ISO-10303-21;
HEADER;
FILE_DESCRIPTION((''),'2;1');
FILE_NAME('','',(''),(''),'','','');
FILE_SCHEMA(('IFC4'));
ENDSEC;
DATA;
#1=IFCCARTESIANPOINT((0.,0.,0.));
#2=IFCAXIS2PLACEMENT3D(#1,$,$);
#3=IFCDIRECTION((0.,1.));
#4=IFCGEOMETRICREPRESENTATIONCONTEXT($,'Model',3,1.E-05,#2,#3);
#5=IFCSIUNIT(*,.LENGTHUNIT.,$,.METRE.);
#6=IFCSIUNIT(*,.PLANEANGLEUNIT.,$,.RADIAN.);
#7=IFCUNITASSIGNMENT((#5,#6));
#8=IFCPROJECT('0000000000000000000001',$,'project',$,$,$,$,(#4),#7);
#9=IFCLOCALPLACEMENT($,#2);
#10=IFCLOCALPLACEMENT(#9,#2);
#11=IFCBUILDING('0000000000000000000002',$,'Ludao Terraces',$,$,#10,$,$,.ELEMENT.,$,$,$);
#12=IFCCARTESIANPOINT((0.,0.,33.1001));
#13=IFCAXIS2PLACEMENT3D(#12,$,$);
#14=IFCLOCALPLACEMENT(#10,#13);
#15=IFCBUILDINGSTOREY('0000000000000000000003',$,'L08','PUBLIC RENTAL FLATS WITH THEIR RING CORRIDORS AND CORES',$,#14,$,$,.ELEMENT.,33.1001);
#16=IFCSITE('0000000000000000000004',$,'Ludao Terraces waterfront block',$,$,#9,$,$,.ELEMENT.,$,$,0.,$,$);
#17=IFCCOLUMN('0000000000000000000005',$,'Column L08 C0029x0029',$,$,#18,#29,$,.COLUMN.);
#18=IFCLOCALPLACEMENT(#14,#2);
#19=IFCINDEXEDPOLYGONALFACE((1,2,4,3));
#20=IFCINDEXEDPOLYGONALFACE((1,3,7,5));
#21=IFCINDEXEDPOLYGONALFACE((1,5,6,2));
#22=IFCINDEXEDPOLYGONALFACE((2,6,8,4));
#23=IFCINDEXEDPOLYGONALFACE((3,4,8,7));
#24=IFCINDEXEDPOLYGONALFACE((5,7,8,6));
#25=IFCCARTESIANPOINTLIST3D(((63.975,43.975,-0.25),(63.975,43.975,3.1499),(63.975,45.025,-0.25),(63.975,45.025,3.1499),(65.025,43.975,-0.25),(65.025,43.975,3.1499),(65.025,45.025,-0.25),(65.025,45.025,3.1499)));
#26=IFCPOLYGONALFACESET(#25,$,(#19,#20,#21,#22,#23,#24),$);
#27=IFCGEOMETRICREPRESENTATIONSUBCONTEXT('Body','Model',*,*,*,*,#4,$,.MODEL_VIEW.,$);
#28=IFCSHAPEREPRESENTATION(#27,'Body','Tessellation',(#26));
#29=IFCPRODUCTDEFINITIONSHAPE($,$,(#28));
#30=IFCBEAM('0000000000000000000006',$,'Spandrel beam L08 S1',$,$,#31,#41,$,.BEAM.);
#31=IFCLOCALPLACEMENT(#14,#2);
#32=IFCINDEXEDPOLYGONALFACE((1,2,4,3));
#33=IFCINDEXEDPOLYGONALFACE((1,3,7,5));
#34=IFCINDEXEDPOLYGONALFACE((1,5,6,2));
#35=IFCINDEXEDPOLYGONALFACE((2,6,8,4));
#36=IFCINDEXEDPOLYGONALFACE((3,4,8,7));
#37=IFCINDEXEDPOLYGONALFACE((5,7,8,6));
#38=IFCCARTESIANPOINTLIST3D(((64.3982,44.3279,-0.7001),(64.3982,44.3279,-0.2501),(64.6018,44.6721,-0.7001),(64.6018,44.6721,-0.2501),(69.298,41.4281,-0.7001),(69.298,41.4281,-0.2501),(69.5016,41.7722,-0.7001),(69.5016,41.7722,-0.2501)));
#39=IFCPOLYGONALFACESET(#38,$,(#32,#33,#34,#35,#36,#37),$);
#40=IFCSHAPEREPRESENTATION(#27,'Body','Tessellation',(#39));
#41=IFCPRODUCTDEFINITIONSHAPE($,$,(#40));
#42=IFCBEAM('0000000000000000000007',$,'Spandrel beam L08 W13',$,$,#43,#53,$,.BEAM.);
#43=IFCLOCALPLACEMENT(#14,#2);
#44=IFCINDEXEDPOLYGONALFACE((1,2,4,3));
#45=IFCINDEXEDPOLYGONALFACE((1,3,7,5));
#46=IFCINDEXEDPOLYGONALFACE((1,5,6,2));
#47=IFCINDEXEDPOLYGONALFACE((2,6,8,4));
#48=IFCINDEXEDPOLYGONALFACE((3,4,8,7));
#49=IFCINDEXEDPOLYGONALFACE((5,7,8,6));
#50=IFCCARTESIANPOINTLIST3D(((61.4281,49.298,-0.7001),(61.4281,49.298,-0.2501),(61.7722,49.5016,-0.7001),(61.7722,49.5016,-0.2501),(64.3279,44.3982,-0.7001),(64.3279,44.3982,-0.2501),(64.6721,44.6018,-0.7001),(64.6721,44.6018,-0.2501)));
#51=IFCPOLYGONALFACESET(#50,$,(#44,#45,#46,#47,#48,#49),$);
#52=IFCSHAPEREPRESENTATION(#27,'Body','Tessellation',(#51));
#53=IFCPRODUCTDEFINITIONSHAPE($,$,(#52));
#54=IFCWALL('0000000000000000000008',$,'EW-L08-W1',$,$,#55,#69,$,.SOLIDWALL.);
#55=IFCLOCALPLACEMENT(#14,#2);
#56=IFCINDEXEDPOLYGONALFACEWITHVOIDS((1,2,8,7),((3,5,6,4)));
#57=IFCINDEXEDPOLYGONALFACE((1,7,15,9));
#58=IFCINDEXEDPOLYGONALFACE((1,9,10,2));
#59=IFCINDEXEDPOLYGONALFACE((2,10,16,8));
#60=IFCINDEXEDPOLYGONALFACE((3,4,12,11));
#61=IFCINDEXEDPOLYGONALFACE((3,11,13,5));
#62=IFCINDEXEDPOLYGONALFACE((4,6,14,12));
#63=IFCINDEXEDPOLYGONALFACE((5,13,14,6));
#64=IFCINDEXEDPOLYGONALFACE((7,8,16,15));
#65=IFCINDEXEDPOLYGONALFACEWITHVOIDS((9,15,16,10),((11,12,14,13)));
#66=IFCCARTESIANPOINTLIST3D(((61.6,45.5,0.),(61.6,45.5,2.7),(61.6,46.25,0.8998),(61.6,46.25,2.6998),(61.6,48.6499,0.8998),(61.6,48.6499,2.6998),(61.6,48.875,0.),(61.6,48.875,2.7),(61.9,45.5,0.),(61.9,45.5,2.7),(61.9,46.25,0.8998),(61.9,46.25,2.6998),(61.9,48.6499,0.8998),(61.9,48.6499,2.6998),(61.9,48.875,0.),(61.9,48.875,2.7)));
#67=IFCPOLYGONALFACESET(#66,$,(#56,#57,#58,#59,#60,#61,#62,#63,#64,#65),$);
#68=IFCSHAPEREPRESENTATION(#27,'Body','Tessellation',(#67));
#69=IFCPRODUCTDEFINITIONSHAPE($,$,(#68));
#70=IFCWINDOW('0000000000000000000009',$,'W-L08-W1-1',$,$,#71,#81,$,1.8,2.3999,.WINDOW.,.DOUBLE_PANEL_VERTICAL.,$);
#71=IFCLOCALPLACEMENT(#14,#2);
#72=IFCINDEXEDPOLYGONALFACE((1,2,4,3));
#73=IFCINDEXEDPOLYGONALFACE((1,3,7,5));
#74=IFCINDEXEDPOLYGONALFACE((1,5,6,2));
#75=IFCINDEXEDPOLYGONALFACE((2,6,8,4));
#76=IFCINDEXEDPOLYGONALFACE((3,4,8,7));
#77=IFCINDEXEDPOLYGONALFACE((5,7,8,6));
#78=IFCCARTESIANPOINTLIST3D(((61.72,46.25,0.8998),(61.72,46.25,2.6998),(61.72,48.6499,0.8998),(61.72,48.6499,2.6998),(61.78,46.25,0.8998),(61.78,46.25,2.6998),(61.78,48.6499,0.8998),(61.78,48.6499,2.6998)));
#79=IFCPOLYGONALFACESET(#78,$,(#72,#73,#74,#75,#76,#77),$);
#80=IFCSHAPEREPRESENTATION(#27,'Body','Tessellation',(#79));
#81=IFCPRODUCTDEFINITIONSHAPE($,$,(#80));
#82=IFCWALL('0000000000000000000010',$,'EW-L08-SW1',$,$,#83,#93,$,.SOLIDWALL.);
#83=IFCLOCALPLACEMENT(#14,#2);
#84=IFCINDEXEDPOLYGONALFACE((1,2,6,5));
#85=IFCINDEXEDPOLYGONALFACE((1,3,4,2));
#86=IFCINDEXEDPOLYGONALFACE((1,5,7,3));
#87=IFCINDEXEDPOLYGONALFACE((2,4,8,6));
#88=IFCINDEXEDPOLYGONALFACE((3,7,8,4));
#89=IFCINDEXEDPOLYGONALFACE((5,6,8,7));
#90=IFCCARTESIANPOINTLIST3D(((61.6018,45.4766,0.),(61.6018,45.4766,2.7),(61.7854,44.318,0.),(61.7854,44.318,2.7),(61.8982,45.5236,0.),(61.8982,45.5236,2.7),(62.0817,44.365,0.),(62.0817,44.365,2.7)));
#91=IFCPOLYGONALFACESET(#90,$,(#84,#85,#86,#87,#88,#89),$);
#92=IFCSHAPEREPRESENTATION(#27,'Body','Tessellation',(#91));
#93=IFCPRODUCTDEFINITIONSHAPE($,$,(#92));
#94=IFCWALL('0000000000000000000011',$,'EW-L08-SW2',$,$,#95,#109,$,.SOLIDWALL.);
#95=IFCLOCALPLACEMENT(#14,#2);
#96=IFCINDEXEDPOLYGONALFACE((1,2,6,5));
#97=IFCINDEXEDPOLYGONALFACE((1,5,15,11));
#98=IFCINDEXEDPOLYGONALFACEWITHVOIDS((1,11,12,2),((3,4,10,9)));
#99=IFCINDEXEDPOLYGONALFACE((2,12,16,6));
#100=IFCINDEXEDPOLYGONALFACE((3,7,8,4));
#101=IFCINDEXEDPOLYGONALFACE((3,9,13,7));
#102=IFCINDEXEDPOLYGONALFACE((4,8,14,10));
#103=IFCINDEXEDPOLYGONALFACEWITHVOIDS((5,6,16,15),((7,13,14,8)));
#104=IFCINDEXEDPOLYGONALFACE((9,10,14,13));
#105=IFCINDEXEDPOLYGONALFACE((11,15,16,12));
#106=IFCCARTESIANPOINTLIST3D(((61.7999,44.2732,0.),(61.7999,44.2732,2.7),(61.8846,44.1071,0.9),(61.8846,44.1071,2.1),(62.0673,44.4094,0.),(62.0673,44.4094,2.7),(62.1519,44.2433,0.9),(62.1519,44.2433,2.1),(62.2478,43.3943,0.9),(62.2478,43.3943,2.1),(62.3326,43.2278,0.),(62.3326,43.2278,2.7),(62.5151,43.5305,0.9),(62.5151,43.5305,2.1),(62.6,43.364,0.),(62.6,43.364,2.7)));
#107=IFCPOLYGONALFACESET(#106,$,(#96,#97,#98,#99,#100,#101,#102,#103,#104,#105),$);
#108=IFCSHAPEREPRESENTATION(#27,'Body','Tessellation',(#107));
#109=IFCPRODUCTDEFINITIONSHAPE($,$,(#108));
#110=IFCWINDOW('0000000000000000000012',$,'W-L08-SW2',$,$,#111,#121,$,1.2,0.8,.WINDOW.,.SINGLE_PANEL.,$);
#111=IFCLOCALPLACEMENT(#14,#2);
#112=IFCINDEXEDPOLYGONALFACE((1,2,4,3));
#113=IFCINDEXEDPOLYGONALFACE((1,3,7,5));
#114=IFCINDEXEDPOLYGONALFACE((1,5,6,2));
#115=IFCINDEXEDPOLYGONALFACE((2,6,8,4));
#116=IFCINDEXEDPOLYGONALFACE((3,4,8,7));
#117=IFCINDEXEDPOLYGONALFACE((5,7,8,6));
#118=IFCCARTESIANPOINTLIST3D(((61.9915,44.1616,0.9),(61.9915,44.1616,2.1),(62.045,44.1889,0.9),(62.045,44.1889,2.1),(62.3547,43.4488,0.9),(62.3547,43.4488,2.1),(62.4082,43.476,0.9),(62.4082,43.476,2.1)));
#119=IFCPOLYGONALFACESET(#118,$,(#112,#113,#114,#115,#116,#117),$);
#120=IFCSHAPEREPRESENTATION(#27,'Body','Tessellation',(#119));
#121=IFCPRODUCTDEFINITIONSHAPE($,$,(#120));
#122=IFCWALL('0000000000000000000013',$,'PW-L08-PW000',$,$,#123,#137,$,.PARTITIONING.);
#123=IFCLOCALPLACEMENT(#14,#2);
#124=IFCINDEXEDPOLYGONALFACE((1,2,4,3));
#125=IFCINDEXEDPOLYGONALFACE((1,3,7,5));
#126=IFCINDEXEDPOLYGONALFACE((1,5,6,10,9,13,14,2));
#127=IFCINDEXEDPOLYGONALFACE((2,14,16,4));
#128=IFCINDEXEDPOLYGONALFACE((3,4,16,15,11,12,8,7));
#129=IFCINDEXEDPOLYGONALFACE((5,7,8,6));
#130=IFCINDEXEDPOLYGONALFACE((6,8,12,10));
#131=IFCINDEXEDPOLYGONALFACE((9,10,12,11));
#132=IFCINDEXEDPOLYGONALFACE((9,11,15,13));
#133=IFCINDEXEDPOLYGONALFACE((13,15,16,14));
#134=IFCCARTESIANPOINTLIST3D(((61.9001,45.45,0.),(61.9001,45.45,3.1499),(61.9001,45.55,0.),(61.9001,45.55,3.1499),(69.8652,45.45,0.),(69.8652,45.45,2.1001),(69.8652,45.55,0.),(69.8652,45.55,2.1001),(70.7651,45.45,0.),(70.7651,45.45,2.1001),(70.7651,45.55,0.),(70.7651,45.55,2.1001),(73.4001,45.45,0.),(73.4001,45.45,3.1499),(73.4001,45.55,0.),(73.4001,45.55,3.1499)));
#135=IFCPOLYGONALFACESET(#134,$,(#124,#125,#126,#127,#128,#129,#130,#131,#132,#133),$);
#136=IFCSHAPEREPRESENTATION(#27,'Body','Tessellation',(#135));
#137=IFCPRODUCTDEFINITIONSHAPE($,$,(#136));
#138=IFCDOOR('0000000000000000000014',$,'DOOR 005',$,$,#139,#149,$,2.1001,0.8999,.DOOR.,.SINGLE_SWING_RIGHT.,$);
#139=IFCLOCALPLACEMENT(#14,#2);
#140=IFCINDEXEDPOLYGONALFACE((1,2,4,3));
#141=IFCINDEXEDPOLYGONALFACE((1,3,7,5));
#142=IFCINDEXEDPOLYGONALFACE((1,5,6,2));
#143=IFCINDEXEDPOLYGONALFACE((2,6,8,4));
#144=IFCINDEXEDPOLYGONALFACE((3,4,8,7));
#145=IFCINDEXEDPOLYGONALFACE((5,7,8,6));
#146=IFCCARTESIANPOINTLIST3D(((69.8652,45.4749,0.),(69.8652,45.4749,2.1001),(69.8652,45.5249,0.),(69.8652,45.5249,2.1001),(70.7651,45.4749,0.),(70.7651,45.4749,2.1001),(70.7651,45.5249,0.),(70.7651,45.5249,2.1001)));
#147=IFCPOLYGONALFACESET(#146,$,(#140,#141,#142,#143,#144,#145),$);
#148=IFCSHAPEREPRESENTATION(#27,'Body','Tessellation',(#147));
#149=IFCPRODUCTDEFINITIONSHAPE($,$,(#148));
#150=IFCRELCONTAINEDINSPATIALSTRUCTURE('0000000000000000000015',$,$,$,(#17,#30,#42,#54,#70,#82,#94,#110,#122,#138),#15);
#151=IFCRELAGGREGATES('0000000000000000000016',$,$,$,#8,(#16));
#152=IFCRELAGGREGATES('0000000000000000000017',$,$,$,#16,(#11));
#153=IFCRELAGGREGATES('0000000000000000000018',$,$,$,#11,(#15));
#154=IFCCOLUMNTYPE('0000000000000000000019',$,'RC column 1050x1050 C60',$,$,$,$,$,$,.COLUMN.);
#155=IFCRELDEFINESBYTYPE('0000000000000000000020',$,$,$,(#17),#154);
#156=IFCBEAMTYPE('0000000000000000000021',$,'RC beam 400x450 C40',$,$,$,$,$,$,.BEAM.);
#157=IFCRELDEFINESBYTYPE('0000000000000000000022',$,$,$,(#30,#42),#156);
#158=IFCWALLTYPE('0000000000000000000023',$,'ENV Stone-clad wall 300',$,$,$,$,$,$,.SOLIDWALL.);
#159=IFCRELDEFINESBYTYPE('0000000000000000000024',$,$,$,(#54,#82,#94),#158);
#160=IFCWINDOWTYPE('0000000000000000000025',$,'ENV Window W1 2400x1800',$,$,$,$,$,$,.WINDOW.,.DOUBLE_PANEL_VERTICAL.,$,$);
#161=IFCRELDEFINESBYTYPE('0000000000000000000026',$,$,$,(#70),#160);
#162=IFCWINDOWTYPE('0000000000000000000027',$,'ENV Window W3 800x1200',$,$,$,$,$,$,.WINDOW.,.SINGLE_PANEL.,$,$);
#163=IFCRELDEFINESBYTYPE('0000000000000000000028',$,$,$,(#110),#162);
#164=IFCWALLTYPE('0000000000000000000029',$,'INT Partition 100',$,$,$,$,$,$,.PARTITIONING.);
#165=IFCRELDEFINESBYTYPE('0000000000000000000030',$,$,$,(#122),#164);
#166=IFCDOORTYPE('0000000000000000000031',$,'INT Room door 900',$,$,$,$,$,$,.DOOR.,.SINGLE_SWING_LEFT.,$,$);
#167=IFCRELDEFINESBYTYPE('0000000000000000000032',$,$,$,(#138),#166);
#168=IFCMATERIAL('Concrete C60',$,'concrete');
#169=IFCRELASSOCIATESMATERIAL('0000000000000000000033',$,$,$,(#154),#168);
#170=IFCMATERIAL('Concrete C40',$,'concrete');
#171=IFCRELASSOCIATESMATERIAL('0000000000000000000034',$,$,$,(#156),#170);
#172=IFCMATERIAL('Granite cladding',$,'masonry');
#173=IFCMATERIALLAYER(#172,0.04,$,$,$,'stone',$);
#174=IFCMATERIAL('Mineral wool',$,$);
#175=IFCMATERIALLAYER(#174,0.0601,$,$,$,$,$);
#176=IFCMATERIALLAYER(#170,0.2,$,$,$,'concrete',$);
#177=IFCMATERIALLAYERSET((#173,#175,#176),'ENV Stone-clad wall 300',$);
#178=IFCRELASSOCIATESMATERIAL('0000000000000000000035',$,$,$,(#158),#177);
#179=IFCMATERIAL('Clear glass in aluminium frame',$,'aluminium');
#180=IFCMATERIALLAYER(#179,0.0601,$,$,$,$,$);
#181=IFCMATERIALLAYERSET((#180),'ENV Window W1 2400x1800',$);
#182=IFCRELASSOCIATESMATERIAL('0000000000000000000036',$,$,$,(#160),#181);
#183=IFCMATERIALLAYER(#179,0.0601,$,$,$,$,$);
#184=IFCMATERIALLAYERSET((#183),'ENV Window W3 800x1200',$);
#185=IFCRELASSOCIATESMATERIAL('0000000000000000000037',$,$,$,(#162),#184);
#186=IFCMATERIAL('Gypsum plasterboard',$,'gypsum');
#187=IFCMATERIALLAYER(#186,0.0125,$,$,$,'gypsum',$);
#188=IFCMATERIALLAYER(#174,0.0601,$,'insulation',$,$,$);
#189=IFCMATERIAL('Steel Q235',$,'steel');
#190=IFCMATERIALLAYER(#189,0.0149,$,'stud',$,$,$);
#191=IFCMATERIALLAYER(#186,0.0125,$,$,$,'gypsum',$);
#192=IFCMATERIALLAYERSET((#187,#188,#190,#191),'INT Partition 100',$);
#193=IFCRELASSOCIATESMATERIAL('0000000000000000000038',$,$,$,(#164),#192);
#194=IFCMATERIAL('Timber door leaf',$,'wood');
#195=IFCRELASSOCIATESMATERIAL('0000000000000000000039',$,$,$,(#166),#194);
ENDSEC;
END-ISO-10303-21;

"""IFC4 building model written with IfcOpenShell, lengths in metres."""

from ifc_helpers import new_model, si_unit, direction, frame, frame_2d, origin, origin_2d, place, context, subcontext, project, spatial, rectangle, extrude, material, layer, layer_set, material_profile, profile_set, type_object, element, fill, save


model = new_model("IFC4")

# Units and contexts
model_context = context("Model", 3, precision=1e-05, world=origin(), true_north=direction((0.0, 1.0)))
body_context = subcontext(model_context, "Body", "Model", "MODEL_VIEW")
ifc_project = project(units=[si_unit("LENGTHUNIT", "METRE"), si_unit("PLANEANGLEUNIT", "RADIAN")], contexts=[model_context])

# Site, building, storey
site_placement = place(None, origin())
site = spatial("IfcSite", under=ifc_project, at=site_placement, Name="Ludao Terraces waterfront block", CompositionType="ELEMENT", RefElevation=0.0)
building_placement = place(site_placement, origin())
building = spatial("IfcBuilding", under=site, at=building_placement, Name="Ludao Terraces", CompositionType="ELEMENT")
storey_placement = place(building_placement, frame((0.0, 0.0, 33.1001)))
storey = spatial("IfcBuildingStorey", under=building, at=storey_placement, Name="L08", Description="PUBLIC RENTAL FLATS WITH THEIR RING CORRIDORS AND CORES", CompositionType="ELEMENT", Elevation=33.1001)

# Column
ifc_material_1 = material(Name="Concrete C60", Category="concrete")
ifc_material_profile_1 = material_profile(ifc_material_1, rectangle(XDim=1.05, YDim=1.05, at=origin_2d()), Name="1050 X 1050")
ifc_profile_set_1 = profile_set([ifc_material_profile_1], Name="Concrete C60")
column_type = type_object("IfcColumnType", Name="RC column 1050x1050 C60", PredefinedType="COLUMN", material=ifc_profile_set_1)
column_placement = place(storey_placement, frame((64.5, 44.5, -0.25), z_axis=(0.0, 0.0, 1.0), x_axis=(1.0, 0.0, 0.0)))
element("IfcColumn", 1, at=column_placement, inside=storey, type_object=column_type, Name="Column L08 C0029x0029", PredefinedType="COLUMN", context=body_context, shape_type="SweptSolid", body=[
    extrude(rectangle(XDim=1.05, YDim=1.05, at=origin_2d()), origin(), (0.0, 0.0, 1.0), 3.3999),
])

# Beams
ifc_material_2 = material(Name="Concrete C40", Category="concrete")
ifc_material_profile_2 = material_profile(ifc_material_2, rectangle(XDim=0.3999, YDim=0.45, at=origin_2d()), Name="400 X 450")
ifc_profile_set_2 = profile_set([ifc_material_profile_2], Name="Concrete C40")
beam_type = type_object("IfcBeamType", Name="RC beam 400x450 C40", PredefinedType="BEAM", material=ifc_profile_set_2)
for number, where, z_axis, x_axis, name in (
    (2, (64.5, 44.5, -0.4751), (0.86058, -0.509316, 0.0), (0.509316, 0.86058, 0.0), "Spandrel beam L08 S1"),
    (3, (64.5, 44.5, -0.4751), (-0.509316, 0.86058, 0.0), (-0.86058, -0.509316, 0.0), "Spandrel beam L08 W13"),
):
    element("IfcBeam", number, at=place(storey_placement, frame(where, z_axis=z_axis, x_axis=x_axis)), inside=storey, type_object=beam_type, Name=name, PredefinedType="BEAM", context=body_context, shape_type="SweptSolid", body=[
        extrude(rectangle(XDim=0.3999, YDim=0.45, at=origin_2d()), origin(), (0.0, 0.0, 1.0), 5.6936),
    ])

# Wall, opening, window
ifc_material_3 = material(Name="Granite cladding", Category="masonry")
ifc_layer_1 = layer(ifc_material_3, 0.04, Category="stone")
ifc_material_4 = material(Name="Mineral wool")
ifc_layer_2 = layer(ifc_material_4, 0.0601)
ifc_layer_3 = layer(ifc_material_2, 0.2, Category="concrete")
ifc_layer_set_1 = layer_set([ifc_layer_1, ifc_layer_2, ifc_layer_3], Name="ENV Stone-clad wall 300")
wall_type_1 = type_object("IfcWallType", Name="ENV Stone-clad wall 300", PredefinedType="SOLIDWALL", material=ifc_layer_set_1)
wall_1_placement = place(storey_placement, frame((61.75, 45.5, 0.0), z_axis=(0.0, 0.0, 1.0), x_axis=(0.0, 1.0, 0.0)))
wall_1 = element("IfcWall", 4, at=wall_1_placement, inside=storey, type_object=wall_type_1, Name="EW-L08-W1", PredefinedType="SOLIDWALL", context=body_context, shape_type="SweptSolid", body=[
    extrude(rectangle(XDim=3.375, YDim=0.3, at=frame_2d((1.6875, 0.0))), origin(), (0.0, 0.0, 1.0), 2.7),
])
opening_1_placement = place(wall_1_placement, frame((0.75, 0.0, 0.8999)))
opening_1 = element("IfcOpeningElement", 5, at=opening_1_placement, cuts=wall_1, PredefinedType="OPENING", context=body_context, shape_type="SweptSolid", body=[
    extrude(rectangle(XDim=2.3999, YDim=1.8, at=frame_2d((1.2, 0.8999))), frame((0.0, 0.1602, 0.0), z_axis=(0.0, -1.0, 0.0), x_axis=(1.0, 0.0, 0.0)), (0.0, 0.0, 1.0), 0.3201),
])
ifc_material_5 = material(Name="Clear glass in aluminium frame", Category="aluminium")
ifc_layer_4 = layer(ifc_material_5, 0.0601)
ifc_layer_set_2 = layer_set([ifc_layer_4], Name="ENV Window W1 2400x1800")
window_type_1 = type_object("IfcWindowType", Name="ENV Window W1 2400x1800", PartitioningType="DOUBLE_PANEL_VERTICAL", PredefinedType="WINDOW", material=ifc_layer_set_2)
window_1_placement = place(opening_1_placement, origin())
window_1 = element("IfcWindow", 6, at=window_1_placement, inside=storey, type_object=window_type_1, Name="W-L08-W1-1", OverallHeight=1.8, OverallWidth=2.3999, PartitioningType="DOUBLE_PANEL_VERTICAL", PredefinedType="WINDOW", context=body_context, shape_type="SweptSolid", body=[
    extrude(rectangle(XDim=2.3999, YDim=1.8, at=frame_2d((1.2, 0.8999))), frame((0.0, 0.03, 0.0), z_axis=(0.0, -1.0, 0.0), x_axis=(1.0, 0.0, 0.0)), (0.0, 0.0, 1.0), 0.0601),
])
fill(opening_1, window_1)

# Wall
wall_2_placement = place(storey_placement, frame((61.75, 45.5, 0.0), z_axis=(0.0, 0.0, 1.0), x_axis=(0.156497, -0.987678, 0.0)))
element("IfcWall", 7, at=wall_2_placement, inside=storey, type_object=wall_type_1, Name="EW-L08-SW1", PredefinedType="SOLIDWALL", context=body_context, shape_type="SweptSolid", body=[
    extrude(rectangle(XDim=1.1731, YDim=0.3, at=frame_2d((0.5864, 0.0))), origin(), (0.0, 0.0, 1.0), 2.7),
])

# Wall, opening, window
wall_3_placement = place(storey_placement, frame((61.9336, 44.3413, 0.0), z_axis=(0.0, 0.0, 1.0), x_axis=(0.454026, -0.890989, 0.0)))
wall_3 = element("IfcWall", 8, at=wall_3_placement, inside=storey, type_object=wall_type_1, Name="EW-L08-SW2", PredefinedType="SOLIDWALL", context=body_context, shape_type="SweptSolid", body=[
    extrude(rectangle(XDim=1.1733, YDim=0.3, at=frame_2d((0.5867, 0.0))), origin(), (0.0, 0.0, 1.0), 2.7),
])
opening_2_placement = place(wall_3_placement, frame((0.1865, 0.0, 0.8999)))
opening_2 = element("IfcOpeningElement", 9, at=opening_2_placement, cuts=wall_3, PredefinedType="OPENING", context=body_context, shape_type="SweptSolid", body=[
    extrude(rectangle(XDim=0.8, YDim=1.2, at=frame_2d((0.3999, 0.6001))), frame((0.0, 0.1602, 0.0), z_axis=(0.0, -1.0, 0.0), x_axis=(1.0, 0.0, 0.0)), (0.0, 0.0, 1.0), 0.3201),
])
ifc_layer_5 = layer(ifc_material_5, 0.0601)
ifc_layer_set_3 = layer_set([ifc_layer_5], Name="ENV Window W3 800x1200")
window_type_2 = type_object("IfcWindowType", Name="ENV Window W3 800x1200", PartitioningType="SINGLE_PANEL", PredefinedType="WINDOW", material=ifc_layer_set_3)
window_2_placement = place(opening_2_placement, origin())
window_2 = element("IfcWindow", 10, at=window_2_placement, inside=storey, type_object=window_type_2, Name="W-L08-SW2", OverallHeight=1.2, OverallWidth=0.8, PartitioningType="SINGLE_PANEL", PredefinedType="WINDOW", context=body_context, shape_type="SweptSolid", body=[
    extrude(rectangle(XDim=0.8, YDim=1.2, at=frame_2d((0.3999, 0.6001))), frame((0.0, 0.03, 0.0), z_axis=(0.0, -1.0, 0.0), x_axis=(1.0, 0.0, 0.0)), (0.0, 0.0, 1.0), 0.0601),
])
fill(opening_2, window_2)

# Wall, opening, door
ifc_material_6 = material(Name="Gypsum plasterboard", Category="gypsum")
ifc_layer_6 = layer(ifc_material_6, 0.0125, Category="gypsum")
ifc_layer_7 = layer(ifc_material_4, 0.0601, Name="insulation")
ifc_material_7 = material(Name="Steel Q235", Category="steel")
ifc_layer_8 = layer(ifc_material_7, 0.0149, Name="stud")
ifc_layer_9 = layer(ifc_material_6, 0.0125, Category="gypsum")
ifc_layer_set_4 = layer_set([ifc_layer_6, ifc_layer_7, ifc_layer_8, ifc_layer_9], Name="INT Partition 100")
wall_type_2 = type_object("IfcWallType", Name="INT Partition 100", PredefinedType="PARTITIONING", material=ifc_layer_set_4)
wall_4_placement = place(storey_placement, frame((61.9001, 45.5, 0.0), z_axis=(0.0, 0.0, 1.0), x_axis=(1.0, 0.0, 0.0)))
wall_4 = element("IfcWall", 11, at=wall_4_placement, inside=storey, type_object=wall_type_2, Name="PW-L08-PW000", PredefinedType="PARTITIONING", context=body_context, shape_type="SweptSolid", body=[
    extrude(rectangle(XDim=11.5, YDim=0.1001, at=frame_2d((5.75, 0.0))), origin(), (0.0, 0.0, 1.0), 3.1499),
])
opening_3_placement = place(wall_4_placement, frame((7.9651, 0.0, 0.0)))
opening_3 = element("IfcOpeningElement", 12, at=opening_3_placement, cuts=wall_4, PredefinedType="OPENING", context=body_context, shape_type="SweptSolid", body=[
    extrude(rectangle(XDim=0.8999, YDim=2.1001, at=frame_2d((0.45, 1.05))), frame((0.0, 0.0601, 0.0), z_axis=(0.0, -1.0, 0.0), x_axis=(1.0, 0.0, 0.0)), (0.0, 0.0, 1.0), 0.1201),
])
ifc_material_8 = material(Name="Timber door leaf", Category="wood")
door_type = type_object("IfcDoorType", Name="INT Room door 900", OperationType="SINGLE_SWING_LEFT", PredefinedType="DOOR", material=ifc_material_8)
door_placement = place(opening_3_placement, origin())
door = element("IfcDoor", 13, at=door_placement, inside=storey, type_object=door_type, Name="DOOR 005", OperationType="SINGLE_SWING_RIGHT", OverallHeight=2.1001, OverallWidth=0.8999, PredefinedType="DOOR", context=body_context, shape_type="SweptSolid", body=[
    extrude(rectangle(XDim=0.8999, YDim=2.1001, at=frame_2d((0.45, 1.05))), frame((0.0, 0.0249, 0.0), z_axis=(0.0, -1.0, 0.0), x_axis=(1.0, 0.0, 0.0)), (0.0, 0.0, 1.0), 0.05),
])
fill(opening_3, door)

save(model, "model.ifc")
